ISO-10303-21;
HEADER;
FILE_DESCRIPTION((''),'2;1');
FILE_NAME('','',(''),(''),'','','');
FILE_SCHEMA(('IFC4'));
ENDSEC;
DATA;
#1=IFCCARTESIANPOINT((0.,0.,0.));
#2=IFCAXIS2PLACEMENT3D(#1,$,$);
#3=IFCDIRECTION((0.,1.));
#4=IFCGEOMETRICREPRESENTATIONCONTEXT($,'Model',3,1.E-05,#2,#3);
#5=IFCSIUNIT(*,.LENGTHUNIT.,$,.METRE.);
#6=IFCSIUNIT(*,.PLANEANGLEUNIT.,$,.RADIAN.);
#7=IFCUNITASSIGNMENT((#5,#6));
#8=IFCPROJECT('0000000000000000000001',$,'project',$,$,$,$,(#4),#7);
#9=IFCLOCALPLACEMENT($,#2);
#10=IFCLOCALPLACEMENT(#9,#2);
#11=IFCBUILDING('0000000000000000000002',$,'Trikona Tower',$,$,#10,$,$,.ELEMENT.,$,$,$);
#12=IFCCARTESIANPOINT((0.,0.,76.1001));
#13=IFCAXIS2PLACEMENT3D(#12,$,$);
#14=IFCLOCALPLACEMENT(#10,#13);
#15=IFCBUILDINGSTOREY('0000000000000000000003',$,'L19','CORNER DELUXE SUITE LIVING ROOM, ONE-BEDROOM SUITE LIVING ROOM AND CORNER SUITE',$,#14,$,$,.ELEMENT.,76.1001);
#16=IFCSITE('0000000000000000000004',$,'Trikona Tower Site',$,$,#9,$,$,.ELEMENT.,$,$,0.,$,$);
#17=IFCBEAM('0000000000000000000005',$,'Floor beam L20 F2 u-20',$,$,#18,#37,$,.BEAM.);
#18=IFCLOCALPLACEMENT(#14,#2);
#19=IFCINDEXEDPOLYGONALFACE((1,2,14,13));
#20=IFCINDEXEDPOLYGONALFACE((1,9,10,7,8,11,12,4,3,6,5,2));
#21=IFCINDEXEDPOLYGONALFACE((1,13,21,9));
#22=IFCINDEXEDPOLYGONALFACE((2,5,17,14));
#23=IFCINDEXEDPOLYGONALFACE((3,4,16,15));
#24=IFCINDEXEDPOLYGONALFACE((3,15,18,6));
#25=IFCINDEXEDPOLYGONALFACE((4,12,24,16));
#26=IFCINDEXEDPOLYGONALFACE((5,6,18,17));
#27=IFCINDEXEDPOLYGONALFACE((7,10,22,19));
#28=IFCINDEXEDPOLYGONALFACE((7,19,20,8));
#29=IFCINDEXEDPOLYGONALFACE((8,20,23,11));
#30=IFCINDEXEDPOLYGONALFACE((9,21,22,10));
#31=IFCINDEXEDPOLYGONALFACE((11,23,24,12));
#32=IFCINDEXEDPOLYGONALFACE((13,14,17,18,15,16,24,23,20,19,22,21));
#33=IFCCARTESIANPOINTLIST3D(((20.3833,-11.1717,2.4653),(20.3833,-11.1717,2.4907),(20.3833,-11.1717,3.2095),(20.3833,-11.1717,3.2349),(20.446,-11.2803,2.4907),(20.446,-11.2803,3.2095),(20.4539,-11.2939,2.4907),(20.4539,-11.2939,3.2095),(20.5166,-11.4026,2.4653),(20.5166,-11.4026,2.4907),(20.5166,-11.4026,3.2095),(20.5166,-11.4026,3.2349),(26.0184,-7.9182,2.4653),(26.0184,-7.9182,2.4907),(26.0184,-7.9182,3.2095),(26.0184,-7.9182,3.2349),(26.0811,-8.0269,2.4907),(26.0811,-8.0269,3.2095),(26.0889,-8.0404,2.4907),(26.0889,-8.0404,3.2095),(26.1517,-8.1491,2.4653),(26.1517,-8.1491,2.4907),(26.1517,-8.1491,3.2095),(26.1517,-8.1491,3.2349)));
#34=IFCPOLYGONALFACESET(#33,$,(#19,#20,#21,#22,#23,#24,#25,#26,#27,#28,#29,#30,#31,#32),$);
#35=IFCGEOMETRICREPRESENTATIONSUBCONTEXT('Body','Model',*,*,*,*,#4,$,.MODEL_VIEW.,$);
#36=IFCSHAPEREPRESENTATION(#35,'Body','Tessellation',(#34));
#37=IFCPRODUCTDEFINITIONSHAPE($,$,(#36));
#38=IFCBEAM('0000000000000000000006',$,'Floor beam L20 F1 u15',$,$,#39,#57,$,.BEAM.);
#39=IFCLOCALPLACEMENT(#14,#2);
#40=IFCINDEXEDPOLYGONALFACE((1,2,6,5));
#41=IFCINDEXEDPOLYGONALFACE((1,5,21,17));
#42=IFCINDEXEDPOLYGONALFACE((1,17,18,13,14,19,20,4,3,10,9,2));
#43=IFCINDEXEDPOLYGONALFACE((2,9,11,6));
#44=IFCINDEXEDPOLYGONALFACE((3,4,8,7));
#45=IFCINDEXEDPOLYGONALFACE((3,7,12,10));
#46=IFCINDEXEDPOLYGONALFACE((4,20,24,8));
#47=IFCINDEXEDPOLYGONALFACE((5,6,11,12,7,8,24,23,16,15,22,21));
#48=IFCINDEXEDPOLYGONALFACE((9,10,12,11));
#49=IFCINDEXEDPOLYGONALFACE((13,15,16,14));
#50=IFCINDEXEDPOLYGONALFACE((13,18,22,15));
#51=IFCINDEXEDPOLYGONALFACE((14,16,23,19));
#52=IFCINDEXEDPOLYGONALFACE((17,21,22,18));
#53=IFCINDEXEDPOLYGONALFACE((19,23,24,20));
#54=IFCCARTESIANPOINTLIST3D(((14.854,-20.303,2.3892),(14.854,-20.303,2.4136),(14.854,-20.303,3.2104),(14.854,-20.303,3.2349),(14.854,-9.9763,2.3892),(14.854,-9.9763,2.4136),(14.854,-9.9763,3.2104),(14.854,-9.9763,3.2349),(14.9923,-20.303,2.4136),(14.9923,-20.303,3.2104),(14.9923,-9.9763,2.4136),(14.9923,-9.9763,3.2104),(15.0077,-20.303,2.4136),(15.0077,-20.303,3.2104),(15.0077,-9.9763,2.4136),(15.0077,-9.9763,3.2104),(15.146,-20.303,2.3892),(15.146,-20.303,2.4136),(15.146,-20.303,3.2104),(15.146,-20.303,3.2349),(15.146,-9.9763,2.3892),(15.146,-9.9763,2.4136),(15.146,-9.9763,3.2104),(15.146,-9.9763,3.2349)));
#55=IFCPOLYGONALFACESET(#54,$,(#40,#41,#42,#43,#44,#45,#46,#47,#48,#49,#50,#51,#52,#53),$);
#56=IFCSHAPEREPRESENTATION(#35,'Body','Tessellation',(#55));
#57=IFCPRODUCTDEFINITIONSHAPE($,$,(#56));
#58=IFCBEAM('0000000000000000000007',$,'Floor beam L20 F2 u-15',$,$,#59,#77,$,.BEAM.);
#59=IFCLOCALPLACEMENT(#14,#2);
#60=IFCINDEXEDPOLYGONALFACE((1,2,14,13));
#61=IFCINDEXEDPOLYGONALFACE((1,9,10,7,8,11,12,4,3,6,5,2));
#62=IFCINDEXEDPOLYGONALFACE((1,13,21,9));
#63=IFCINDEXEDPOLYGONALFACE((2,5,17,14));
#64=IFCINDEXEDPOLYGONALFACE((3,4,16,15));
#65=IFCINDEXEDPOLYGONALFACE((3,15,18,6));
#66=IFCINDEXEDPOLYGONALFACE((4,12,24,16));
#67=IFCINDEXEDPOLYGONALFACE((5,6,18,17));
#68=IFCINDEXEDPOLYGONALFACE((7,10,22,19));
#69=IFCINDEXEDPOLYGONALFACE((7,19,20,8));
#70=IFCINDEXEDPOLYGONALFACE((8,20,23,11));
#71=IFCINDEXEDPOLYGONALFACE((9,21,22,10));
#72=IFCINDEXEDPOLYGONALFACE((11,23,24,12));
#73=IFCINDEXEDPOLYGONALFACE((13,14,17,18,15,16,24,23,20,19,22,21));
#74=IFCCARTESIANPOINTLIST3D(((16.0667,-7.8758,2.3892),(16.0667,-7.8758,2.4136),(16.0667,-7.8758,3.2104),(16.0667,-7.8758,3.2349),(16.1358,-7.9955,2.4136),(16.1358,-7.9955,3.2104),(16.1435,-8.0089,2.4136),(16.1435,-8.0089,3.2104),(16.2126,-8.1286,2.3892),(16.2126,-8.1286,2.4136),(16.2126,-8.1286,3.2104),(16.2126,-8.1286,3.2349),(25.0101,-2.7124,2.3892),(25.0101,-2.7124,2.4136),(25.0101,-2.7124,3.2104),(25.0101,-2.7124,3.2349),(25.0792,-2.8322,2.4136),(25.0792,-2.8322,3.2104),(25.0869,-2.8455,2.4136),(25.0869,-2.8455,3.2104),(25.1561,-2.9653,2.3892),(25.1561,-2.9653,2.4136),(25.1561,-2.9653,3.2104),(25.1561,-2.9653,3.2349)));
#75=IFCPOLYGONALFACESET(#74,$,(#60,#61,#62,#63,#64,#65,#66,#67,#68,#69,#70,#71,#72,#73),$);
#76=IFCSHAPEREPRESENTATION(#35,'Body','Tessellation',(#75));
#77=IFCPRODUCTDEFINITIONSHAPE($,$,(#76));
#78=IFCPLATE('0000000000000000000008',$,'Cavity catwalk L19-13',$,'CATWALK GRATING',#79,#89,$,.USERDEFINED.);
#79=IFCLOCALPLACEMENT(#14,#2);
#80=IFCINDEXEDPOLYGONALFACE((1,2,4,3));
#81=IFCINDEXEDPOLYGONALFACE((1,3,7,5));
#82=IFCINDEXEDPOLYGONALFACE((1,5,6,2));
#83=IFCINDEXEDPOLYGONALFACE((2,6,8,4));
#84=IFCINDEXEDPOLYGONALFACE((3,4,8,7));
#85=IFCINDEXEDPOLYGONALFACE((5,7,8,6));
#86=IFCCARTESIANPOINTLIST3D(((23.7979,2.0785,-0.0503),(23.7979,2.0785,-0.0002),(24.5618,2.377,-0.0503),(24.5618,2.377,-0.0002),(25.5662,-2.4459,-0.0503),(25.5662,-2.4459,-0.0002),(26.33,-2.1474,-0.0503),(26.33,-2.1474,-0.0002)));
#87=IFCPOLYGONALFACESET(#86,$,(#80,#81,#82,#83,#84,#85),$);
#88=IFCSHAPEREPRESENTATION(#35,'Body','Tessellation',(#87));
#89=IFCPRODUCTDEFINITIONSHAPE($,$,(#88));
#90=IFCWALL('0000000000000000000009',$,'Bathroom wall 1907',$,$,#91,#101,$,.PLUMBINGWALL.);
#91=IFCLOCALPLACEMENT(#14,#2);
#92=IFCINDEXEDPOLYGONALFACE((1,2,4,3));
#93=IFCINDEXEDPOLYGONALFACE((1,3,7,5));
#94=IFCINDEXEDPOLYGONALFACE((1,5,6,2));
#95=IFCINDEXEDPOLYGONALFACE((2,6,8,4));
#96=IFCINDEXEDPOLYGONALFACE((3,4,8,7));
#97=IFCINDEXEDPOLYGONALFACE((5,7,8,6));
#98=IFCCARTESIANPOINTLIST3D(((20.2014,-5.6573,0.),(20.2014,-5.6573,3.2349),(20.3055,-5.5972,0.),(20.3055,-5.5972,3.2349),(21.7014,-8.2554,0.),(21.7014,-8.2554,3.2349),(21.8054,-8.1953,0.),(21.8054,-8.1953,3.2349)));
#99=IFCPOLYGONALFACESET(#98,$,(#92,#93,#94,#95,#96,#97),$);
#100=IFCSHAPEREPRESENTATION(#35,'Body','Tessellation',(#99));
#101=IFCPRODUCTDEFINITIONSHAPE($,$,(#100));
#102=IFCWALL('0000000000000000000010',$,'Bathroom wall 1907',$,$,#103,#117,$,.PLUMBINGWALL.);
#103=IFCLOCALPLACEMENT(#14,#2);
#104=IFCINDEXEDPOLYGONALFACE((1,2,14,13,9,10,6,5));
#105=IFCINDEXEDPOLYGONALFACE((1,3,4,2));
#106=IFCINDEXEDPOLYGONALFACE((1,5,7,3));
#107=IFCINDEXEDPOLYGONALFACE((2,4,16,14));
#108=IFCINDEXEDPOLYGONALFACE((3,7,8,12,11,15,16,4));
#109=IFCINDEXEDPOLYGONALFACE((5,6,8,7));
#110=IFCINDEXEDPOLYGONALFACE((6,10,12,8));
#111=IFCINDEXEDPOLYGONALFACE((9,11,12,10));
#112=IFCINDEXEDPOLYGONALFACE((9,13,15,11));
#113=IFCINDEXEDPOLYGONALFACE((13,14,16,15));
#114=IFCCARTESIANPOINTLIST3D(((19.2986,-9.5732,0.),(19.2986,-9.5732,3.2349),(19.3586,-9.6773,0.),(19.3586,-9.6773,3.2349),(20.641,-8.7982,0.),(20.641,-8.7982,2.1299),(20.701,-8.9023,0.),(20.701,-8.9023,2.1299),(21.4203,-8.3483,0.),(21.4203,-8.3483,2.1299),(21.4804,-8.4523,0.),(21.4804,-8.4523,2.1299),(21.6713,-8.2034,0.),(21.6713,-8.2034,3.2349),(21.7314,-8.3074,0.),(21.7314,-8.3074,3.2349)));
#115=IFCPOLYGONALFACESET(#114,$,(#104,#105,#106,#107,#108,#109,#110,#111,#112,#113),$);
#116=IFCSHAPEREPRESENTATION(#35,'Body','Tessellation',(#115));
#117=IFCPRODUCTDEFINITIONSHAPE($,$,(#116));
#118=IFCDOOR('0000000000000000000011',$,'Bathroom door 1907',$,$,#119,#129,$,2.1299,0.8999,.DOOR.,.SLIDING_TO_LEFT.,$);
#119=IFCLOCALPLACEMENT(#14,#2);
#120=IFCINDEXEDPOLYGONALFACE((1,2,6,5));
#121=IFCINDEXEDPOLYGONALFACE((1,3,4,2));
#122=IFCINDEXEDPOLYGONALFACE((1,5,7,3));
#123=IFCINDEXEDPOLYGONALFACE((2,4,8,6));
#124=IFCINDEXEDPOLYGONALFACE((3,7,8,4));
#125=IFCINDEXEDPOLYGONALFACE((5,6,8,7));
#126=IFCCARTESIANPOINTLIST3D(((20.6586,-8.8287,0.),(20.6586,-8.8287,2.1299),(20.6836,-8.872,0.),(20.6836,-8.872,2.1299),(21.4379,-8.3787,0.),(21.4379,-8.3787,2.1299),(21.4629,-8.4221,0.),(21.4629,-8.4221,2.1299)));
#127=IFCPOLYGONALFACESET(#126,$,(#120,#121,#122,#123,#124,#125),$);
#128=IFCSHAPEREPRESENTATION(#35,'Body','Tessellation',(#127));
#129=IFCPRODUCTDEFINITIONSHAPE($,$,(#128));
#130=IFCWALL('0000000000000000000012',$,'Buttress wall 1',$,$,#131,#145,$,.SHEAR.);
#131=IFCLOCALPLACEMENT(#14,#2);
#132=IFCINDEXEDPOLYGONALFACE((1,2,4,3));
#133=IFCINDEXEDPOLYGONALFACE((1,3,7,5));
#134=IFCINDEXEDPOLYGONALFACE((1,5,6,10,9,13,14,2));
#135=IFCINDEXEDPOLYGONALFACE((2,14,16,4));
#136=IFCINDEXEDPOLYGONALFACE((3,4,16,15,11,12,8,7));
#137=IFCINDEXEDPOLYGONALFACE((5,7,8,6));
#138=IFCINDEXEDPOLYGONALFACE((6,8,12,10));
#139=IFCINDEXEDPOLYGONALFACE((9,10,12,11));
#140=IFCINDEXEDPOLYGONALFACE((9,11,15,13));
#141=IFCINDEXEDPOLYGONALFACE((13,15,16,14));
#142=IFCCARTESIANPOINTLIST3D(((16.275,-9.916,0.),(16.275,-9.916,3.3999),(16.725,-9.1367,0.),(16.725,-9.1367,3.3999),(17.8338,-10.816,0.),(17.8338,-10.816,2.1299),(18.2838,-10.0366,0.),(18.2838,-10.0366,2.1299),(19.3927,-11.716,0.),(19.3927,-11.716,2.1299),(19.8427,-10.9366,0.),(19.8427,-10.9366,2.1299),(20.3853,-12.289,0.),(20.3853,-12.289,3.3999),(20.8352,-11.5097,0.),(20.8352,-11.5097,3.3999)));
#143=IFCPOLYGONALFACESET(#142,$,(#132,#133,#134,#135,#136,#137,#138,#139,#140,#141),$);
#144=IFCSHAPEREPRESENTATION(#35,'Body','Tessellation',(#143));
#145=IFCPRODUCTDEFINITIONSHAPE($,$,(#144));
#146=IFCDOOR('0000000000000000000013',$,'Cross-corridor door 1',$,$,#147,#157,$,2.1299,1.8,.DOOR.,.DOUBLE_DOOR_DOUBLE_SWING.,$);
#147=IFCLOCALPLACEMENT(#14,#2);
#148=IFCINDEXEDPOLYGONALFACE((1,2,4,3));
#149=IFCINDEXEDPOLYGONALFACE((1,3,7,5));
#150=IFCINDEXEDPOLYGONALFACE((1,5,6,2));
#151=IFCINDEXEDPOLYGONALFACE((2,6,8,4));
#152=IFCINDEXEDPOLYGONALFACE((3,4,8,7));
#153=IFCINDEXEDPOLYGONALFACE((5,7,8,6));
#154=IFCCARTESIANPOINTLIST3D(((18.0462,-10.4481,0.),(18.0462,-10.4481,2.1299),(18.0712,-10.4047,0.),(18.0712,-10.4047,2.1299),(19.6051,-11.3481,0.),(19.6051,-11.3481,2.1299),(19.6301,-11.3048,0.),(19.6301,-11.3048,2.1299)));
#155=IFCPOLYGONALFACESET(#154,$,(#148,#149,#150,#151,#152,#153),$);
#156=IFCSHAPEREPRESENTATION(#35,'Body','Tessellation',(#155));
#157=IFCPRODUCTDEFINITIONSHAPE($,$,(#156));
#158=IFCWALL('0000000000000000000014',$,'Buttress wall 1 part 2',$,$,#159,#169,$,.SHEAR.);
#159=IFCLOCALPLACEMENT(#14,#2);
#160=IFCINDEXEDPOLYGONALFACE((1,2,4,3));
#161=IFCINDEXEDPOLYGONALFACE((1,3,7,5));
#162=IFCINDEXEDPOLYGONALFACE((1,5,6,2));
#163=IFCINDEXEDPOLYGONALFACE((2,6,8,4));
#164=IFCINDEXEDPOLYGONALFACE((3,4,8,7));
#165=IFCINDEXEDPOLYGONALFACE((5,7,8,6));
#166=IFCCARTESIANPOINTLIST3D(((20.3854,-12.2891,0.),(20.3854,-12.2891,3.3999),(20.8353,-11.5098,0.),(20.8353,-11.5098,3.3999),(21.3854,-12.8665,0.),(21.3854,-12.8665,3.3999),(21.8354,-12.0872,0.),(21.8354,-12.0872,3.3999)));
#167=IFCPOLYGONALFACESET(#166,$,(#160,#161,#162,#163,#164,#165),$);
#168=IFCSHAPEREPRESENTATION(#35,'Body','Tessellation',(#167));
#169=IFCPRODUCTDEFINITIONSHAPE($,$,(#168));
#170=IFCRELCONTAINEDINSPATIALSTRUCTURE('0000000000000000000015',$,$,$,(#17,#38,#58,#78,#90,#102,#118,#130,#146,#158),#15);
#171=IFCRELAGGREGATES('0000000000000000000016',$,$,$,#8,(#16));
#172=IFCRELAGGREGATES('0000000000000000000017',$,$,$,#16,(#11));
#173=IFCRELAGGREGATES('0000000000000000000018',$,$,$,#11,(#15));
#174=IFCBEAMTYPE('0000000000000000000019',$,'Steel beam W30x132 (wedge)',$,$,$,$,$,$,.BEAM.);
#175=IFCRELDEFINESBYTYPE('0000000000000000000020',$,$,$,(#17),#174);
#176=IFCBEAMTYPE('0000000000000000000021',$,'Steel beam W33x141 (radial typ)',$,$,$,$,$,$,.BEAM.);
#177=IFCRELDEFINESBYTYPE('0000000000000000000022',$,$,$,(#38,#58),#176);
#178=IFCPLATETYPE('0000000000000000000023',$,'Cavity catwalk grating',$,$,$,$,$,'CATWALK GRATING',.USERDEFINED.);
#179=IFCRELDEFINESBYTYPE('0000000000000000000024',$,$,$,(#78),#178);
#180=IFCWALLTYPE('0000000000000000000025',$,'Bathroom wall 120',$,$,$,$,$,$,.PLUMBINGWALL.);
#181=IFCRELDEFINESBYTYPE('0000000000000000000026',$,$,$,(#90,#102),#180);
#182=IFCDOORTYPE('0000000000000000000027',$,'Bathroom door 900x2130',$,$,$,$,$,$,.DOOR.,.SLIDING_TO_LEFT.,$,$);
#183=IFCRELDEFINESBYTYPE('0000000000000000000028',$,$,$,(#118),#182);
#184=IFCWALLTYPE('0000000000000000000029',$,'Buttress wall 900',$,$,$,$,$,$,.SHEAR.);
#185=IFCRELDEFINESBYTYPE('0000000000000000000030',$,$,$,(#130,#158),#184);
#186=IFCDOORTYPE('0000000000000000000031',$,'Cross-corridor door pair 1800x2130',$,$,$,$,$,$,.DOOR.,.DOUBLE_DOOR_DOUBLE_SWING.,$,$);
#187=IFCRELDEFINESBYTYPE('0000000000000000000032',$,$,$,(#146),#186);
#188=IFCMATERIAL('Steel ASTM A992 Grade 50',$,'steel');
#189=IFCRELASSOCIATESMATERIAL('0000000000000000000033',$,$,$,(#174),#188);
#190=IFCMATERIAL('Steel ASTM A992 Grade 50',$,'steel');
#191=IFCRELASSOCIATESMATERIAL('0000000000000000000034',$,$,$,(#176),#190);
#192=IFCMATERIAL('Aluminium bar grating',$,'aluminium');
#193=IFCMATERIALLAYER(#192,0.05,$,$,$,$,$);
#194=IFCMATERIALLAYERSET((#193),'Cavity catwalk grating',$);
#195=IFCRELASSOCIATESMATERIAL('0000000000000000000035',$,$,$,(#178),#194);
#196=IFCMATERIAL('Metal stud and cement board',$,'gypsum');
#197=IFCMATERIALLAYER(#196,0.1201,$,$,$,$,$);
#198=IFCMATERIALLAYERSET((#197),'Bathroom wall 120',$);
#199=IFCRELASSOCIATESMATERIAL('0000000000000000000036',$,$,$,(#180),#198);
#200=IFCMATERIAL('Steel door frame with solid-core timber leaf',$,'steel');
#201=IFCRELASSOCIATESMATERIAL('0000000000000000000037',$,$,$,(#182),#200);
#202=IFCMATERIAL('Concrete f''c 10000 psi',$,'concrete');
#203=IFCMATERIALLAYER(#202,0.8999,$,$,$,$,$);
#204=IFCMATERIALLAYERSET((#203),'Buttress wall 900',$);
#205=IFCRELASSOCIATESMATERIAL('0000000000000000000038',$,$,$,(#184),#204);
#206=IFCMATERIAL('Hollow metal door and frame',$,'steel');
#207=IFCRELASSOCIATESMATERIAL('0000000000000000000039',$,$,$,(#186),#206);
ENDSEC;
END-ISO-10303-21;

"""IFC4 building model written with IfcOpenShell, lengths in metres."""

from ifc_helpers import new_model, si_unit, direction, frame, frame_2d, origin, origin_2d, place, context, subcontext, project, spatial, rectangle, i_section, extrude, material, layer, layer_set, material_profile, profile_set, type_object, element, fill, save


model = new_model("IFC4")

# Units and contexts
model_context = context("Model", 3, precision=1e-05, world=origin(), true_north=direction((0.0, 1.0)))
body_context = subcontext(model_context, "Body", "Model", "MODEL_VIEW")
ifc_project = project(units=[si_unit("LENGTHUNIT", "METRE"), si_unit("PLANEANGLEUNIT", "RADIAN")], contexts=[model_context])

# Site, building, storey
site_placement = place(None, origin())
site = spatial("IfcSite", under=ifc_project, at=site_placement, Name="Trikona Tower Site", CompositionType="ELEMENT", RefElevation=0.0)
building_placement = place(site_placement, origin())
building = spatial("IfcBuilding", under=site, at=building_placement, Name="Trikona Tower", CompositionType="ELEMENT")
storey_placement = place(building_placement, frame((0.0, 0.0, 76.1001)))
storey = spatial("IfcBuildingStorey", under=building, at=storey_placement, Name="L19", Description="CORNER DELUXE SUITE LIVING ROOM, ONE-BEDROOM SUITE LIVING ROOM AND CORNER SUITE", CompositionType="ELEMENT", Elevation=76.1001)

# Beams
ifc_material_1 = material(Name="Steel ASTM A992 Grade 50", Category="steel")
ifc_material_profile_1 = material_profile(ifc_material_1, i_section(OverallWidth=0.2666, OverallDepth=0.7695, WebThickness=0.0156, FlangeThickness=0.0254, at=origin_2d()), Name="W30X132")
ifc_profile_set_1 = profile_set([ifc_material_profile_1], Name="Steel ASTM A992 Grade 50")
beam_type_1 = type_object("IfcBeamType", Name="Steel beam W30x132 (wedge)", PredefinedType="BEAM", material=ifc_profile_set_1)
beam_1_placement = place(storey_placement, frame((20.45, -11.2871, 2.8501), z_axis=(0.866023, 0.500005, 0.0), x_axis=(-0.500005, 0.866023, 0.0)))
element("IfcBeam", 1, at=beam_1_placement, inside=storey, type_object=beam_type_1, Name="Floor beam L20 F2 u-20", PredefinedType="BEAM", context=body_context, shape_type="SweptSolid", body=[
    extrude(i_section(OverallWidth=0.2666, OverallDepth=0.7695, WebThickness=0.0156, FlangeThickness=0.0254, at=origin_2d()), origin(), (0.0, 0.0, 1.0), 6.5068),
])
ifc_material_2 = material(Name="Steel ASTM A992 Grade 50", Category="steel")
ifc_material_profile_2 = material_profile(ifc_material_2, i_section(OverallWidth=0.292, OverallDepth=0.8457, WebThickness=0.0154, FlangeThickness=0.0244, at=origin_2d()), Name="W33X141")
ifc_profile_set_2 = profile_set([ifc_material_profile_2], Name="Steel ASTM A992 Grade 50")
beam_type_2 = type_object("IfcBeamType", Name="Steel beam W33x141 (radial typ)", PredefinedType="BEAM", material=ifc_profile_set_2)
beam_2_placement = place(storey_placement, frame((15.0, -9.9763, 2.812), z_axis=(0.0, -1.0, 0.0), x_axis=(1.0, 0.0, 0.0)))
element("IfcBeam", 2, at=beam_2_placement, inside=storey, type_object=beam_type_2, Name="Floor beam L20 F1 u15", PredefinedType="BEAM", context=body_context, shape_type="SweptSolid", body=[
    extrude(i_section(OverallWidth=0.292, OverallDepth=0.8457, WebThickness=0.0154, FlangeThickness=0.0244, at=origin_2d()), origin(), (0.0, 0.0, 1.0), 10.3267),
])
beam_3_placement = place(storey_placement, frame((16.1396, -8.0022, 2.812), z_axis=(0.86603, 0.499991, 0.0), x_axis=(-0.499991, 0.86603, 0.0)))
element("IfcBeam", 3, at=beam_3_placement, inside=storey, type_object=beam_type_2, Name="Floor beam L20 F2 u-15", PredefinedType="BEAM", context=body_context, shape_type="SweptSolid", body=[
    extrude(i_section(OverallWidth=0.292, OverallDepth=0.8457, WebThickness=0.0154, FlangeThickness=0.0244, at=origin_2d()), origin(), (0.0, 0.0, 1.0), 10.3269),
])

# Plate
ifc_material_3 = material(Name="Aluminium bar grating", Category="aluminium")
ifc_layer_1 = layer(ifc_material_3, 0.05)
ifc_layer_set_1 = layer_set([ifc_layer_1], Name="Cavity catwalk grating")
plate_type = type_object("IfcPlateType", Name="Cavity catwalk grating", ElementType="CATWALK GRATING", PredefinedType="USERDEFINED", material=ifc_layer_set_1)
plate_placement = place(storey_placement, frame((25.064, -0.0344, -0.0503), z_axis=(0.0, 0.0, 1.0), x_axis=(-0.364009, 0.931395, 0.0)))
element("IfcPlate", 4, at=plate_placement, inside=storey, type_object=plate_type, Name="Cavity catwalk L19-13", ObjectType="CATWALK GRATING", PredefinedType="USERDEFINED", context=body_context, shape_type="SweptSolid", body=[
    extrude(rectangle(XDim=4.8577, YDim=0.8201, at=origin_2d()), origin(), (0.0, 0.0, 1.0), 0.05),
])

# Wall
ifc_material_4 = material(Name="Metal stud and cement board", Category="gypsum")
ifc_layer_2 = layer(ifc_material_4, 0.1201)
ifc_layer_set_2 = layer_set([ifc_layer_2], Name="Bathroom wall 120")
wall_type_1 = type_object("IfcWallType", Name="Bathroom wall 120", PredefinedType="PLUMBINGWALL", material=ifc_layer_set_2)
wall_1_placement = place(storey_placement, frame((21.7534, -8.2253, 0.0), z_axis=(0.0, 0.0, 1.0), x_axis=(-0.49999, 0.866031, 0.0)))
element("IfcWall", 5, at=wall_1_placement, inside=storey, type_object=wall_type_1, Name="Bathroom wall 1907", PredefinedType="PLUMBINGWALL", context=body_context, shape_type="SweptSolid", body=[
    extrude(rectangle(XDim=3.0, YDim=0.1201, at=frame_2d((1.5, 0.0))), origin(), (0.0, 0.0, 1.0), 3.2349),
])

# Walls, openings, doors
wall_2_placement = place(storey_placement, frame((19.3286, -9.6252, 0.0), z_axis=(0.0, 0.0, 1.0), x_axis=(0.866036, 0.499982, 0.0)))
wall_2 = element("IfcWall", 6, at=wall_2_placement, inside=storey, type_object=wall_type_1, Name="Bathroom wall 1907", PredefinedType="PLUMBINGWALL", context=body_context, shape_type="SweptSolid", body=[
    extrude(rectangle(XDim=2.7397, YDim=0.1201, at=frame_2d((1.3699, 0.0))), origin(), (0.0, 0.0, 1.0), 3.2349),
])
opening_1_placement = place(wall_2_placement, frame((1.55, 0.0, 0.0)))
opening_1 = element("IfcOpeningElement", 7, at=opening_1_placement, cuts=wall_2, PredefinedType="OPENING", context=body_context, shape_type="SweptSolid", body=[
    extrude(rectangle(XDim=0.8999, YDim=2.1299, at=frame_2d((0.45, 1.0649))), frame((0.0, 0.0701, 0.0), z_axis=(0.0, -1.0, 0.0), x_axis=(1.0, 0.0, 0.0)), (0.0, 0.0, 1.0), 0.1401),
])
ifc_material_5 = material(Name="Steel door frame with solid-core timber leaf", Category="steel")
door_type_1 = type_object("IfcDoorType", Name="Bathroom door 900x2130", OperationType="SLIDING_TO_LEFT", PredefinedType="DOOR", material=ifc_material_5)
door_1_placement = place(opening_1_placement, origin())
door_1 = element("IfcDoor", 8, at=door_1_placement, inside=storey, type_object=door_type_1, Name="Bathroom door 1907", OperationType="SLIDING_TO_LEFT", OverallHeight=2.1299, OverallWidth=0.8999, PredefinedType="DOOR", context=body_context, shape_type="SweptSolid", body=[
    extrude(rectangle(XDim=0.8999, YDim=2.1299, at=frame_2d((0.45, 1.0649))), frame((0.0, 0.0249, 0.0), z_axis=(0.0, -1.0, 0.0), x_axis=(1.0, 0.0, 0.0)), (0.0, 0.0, 1.0), 0.05),
])
fill(opening_1, door_1)
ifc_material_6 = material(Name="Concrete f'c 10000 psi", Category="concrete")
ifc_layer_3 = layer(ifc_material_6, 0.8999)
ifc_layer_set_3 = layer_set([ifc_layer_3], Name="Buttress wall 900")
wall_type_2 = type_object("IfcWallType", Name="Buttress wall 900", PredefinedType="SHEAR", material=ifc_layer_set_3)
wall_3_placement = place(storey_placement, frame((16.5, -9.5264, 0.0), z_axis=(0.0, 0.0, 1.0), x_axis=(0.866031, -0.49999, 0.0)))
wall_3 = element("IfcWall", 9, at=wall_3_placement, inside=storey, type_object=wall_type_2, Name="Buttress wall 1", PredefinedType="SHEAR", context=body_context, shape_type="SweptSolid", body=[
    extrude(rectangle(XDim=4.7461, YDim=0.8999, at=frame_2d((2.373, 0.0))), origin(), (0.0, 0.0, 1.0), 3.3999),
])
opening_2_placement = place(wall_3_placement, frame((1.8, 0.0, 0.0)))
opening_2 = element("IfcOpeningElement", 10, at=opening_2_placement, cuts=wall_3, PredefinedType="OPENING", context=body_context, shape_type="SweptSolid", body=[
    extrude(rectangle(XDim=1.8, YDim=2.1299, at=frame_2d((0.8999, 1.0649))), frame((0.0, 0.46, 0.0), z_axis=(0.0, -1.0, 0.0), x_axis=(1.0, 0.0, 0.0)), (0.0, 0.0, 1.0), 0.9199),
])
ifc_material_7 = material(Name="Hollow metal door and frame", Category="steel")
door_type_2 = type_object("IfcDoorType", Name="Cross-corridor door pair 1800x2130", OperationType="DOUBLE_DOOR_DOUBLE_SWING", PredefinedType="DOOR", material=ifc_material_7)
door_2_placement = place(opening_2_placement, origin())
door_2 = element("IfcDoor", 11, at=door_2_placement, inside=storey, type_object=door_type_2, Name="Cross-corridor door 1", OperationType="DOUBLE_DOOR_DOUBLE_SWING", OverallHeight=2.1299, OverallWidth=1.8, PredefinedType="DOOR", context=body_context, shape_type="SweptSolid", body=[
    extrude(rectangle(XDim=1.8, YDim=2.1299, at=frame_2d((0.8999, 1.0649))), frame((0.0, 0.0249, 0.0), z_axis=(0.0, -1.0, 0.0), x_axis=(1.0, 0.0, 0.0)), (0.0, 0.0, 1.0), 0.05),
])
fill(opening_2, door_2)

# Wall
wall_4_placement = place(storey_placement, frame((20.6104, -11.8994, 0.0), z_axis=(0.0, 0.0, 1.0), x_axis=(0.86601, -0.500027, 0.0)))
element("IfcWall", 12, at=wall_4_placement, inside=storey, type_object=wall_type_2, Name="Buttress wall 1 part 2", PredefinedType="SHEAR", context=body_context, shape_type="SweptSolid", body=[
    extrude(rectangle(XDim=1.1548, YDim=0.8999, at=frame_2d((0.5774, 0.0))), origin(), (0.0, 0.0, 1.0), 3.3999),
])

save(model, "model.ifc")
